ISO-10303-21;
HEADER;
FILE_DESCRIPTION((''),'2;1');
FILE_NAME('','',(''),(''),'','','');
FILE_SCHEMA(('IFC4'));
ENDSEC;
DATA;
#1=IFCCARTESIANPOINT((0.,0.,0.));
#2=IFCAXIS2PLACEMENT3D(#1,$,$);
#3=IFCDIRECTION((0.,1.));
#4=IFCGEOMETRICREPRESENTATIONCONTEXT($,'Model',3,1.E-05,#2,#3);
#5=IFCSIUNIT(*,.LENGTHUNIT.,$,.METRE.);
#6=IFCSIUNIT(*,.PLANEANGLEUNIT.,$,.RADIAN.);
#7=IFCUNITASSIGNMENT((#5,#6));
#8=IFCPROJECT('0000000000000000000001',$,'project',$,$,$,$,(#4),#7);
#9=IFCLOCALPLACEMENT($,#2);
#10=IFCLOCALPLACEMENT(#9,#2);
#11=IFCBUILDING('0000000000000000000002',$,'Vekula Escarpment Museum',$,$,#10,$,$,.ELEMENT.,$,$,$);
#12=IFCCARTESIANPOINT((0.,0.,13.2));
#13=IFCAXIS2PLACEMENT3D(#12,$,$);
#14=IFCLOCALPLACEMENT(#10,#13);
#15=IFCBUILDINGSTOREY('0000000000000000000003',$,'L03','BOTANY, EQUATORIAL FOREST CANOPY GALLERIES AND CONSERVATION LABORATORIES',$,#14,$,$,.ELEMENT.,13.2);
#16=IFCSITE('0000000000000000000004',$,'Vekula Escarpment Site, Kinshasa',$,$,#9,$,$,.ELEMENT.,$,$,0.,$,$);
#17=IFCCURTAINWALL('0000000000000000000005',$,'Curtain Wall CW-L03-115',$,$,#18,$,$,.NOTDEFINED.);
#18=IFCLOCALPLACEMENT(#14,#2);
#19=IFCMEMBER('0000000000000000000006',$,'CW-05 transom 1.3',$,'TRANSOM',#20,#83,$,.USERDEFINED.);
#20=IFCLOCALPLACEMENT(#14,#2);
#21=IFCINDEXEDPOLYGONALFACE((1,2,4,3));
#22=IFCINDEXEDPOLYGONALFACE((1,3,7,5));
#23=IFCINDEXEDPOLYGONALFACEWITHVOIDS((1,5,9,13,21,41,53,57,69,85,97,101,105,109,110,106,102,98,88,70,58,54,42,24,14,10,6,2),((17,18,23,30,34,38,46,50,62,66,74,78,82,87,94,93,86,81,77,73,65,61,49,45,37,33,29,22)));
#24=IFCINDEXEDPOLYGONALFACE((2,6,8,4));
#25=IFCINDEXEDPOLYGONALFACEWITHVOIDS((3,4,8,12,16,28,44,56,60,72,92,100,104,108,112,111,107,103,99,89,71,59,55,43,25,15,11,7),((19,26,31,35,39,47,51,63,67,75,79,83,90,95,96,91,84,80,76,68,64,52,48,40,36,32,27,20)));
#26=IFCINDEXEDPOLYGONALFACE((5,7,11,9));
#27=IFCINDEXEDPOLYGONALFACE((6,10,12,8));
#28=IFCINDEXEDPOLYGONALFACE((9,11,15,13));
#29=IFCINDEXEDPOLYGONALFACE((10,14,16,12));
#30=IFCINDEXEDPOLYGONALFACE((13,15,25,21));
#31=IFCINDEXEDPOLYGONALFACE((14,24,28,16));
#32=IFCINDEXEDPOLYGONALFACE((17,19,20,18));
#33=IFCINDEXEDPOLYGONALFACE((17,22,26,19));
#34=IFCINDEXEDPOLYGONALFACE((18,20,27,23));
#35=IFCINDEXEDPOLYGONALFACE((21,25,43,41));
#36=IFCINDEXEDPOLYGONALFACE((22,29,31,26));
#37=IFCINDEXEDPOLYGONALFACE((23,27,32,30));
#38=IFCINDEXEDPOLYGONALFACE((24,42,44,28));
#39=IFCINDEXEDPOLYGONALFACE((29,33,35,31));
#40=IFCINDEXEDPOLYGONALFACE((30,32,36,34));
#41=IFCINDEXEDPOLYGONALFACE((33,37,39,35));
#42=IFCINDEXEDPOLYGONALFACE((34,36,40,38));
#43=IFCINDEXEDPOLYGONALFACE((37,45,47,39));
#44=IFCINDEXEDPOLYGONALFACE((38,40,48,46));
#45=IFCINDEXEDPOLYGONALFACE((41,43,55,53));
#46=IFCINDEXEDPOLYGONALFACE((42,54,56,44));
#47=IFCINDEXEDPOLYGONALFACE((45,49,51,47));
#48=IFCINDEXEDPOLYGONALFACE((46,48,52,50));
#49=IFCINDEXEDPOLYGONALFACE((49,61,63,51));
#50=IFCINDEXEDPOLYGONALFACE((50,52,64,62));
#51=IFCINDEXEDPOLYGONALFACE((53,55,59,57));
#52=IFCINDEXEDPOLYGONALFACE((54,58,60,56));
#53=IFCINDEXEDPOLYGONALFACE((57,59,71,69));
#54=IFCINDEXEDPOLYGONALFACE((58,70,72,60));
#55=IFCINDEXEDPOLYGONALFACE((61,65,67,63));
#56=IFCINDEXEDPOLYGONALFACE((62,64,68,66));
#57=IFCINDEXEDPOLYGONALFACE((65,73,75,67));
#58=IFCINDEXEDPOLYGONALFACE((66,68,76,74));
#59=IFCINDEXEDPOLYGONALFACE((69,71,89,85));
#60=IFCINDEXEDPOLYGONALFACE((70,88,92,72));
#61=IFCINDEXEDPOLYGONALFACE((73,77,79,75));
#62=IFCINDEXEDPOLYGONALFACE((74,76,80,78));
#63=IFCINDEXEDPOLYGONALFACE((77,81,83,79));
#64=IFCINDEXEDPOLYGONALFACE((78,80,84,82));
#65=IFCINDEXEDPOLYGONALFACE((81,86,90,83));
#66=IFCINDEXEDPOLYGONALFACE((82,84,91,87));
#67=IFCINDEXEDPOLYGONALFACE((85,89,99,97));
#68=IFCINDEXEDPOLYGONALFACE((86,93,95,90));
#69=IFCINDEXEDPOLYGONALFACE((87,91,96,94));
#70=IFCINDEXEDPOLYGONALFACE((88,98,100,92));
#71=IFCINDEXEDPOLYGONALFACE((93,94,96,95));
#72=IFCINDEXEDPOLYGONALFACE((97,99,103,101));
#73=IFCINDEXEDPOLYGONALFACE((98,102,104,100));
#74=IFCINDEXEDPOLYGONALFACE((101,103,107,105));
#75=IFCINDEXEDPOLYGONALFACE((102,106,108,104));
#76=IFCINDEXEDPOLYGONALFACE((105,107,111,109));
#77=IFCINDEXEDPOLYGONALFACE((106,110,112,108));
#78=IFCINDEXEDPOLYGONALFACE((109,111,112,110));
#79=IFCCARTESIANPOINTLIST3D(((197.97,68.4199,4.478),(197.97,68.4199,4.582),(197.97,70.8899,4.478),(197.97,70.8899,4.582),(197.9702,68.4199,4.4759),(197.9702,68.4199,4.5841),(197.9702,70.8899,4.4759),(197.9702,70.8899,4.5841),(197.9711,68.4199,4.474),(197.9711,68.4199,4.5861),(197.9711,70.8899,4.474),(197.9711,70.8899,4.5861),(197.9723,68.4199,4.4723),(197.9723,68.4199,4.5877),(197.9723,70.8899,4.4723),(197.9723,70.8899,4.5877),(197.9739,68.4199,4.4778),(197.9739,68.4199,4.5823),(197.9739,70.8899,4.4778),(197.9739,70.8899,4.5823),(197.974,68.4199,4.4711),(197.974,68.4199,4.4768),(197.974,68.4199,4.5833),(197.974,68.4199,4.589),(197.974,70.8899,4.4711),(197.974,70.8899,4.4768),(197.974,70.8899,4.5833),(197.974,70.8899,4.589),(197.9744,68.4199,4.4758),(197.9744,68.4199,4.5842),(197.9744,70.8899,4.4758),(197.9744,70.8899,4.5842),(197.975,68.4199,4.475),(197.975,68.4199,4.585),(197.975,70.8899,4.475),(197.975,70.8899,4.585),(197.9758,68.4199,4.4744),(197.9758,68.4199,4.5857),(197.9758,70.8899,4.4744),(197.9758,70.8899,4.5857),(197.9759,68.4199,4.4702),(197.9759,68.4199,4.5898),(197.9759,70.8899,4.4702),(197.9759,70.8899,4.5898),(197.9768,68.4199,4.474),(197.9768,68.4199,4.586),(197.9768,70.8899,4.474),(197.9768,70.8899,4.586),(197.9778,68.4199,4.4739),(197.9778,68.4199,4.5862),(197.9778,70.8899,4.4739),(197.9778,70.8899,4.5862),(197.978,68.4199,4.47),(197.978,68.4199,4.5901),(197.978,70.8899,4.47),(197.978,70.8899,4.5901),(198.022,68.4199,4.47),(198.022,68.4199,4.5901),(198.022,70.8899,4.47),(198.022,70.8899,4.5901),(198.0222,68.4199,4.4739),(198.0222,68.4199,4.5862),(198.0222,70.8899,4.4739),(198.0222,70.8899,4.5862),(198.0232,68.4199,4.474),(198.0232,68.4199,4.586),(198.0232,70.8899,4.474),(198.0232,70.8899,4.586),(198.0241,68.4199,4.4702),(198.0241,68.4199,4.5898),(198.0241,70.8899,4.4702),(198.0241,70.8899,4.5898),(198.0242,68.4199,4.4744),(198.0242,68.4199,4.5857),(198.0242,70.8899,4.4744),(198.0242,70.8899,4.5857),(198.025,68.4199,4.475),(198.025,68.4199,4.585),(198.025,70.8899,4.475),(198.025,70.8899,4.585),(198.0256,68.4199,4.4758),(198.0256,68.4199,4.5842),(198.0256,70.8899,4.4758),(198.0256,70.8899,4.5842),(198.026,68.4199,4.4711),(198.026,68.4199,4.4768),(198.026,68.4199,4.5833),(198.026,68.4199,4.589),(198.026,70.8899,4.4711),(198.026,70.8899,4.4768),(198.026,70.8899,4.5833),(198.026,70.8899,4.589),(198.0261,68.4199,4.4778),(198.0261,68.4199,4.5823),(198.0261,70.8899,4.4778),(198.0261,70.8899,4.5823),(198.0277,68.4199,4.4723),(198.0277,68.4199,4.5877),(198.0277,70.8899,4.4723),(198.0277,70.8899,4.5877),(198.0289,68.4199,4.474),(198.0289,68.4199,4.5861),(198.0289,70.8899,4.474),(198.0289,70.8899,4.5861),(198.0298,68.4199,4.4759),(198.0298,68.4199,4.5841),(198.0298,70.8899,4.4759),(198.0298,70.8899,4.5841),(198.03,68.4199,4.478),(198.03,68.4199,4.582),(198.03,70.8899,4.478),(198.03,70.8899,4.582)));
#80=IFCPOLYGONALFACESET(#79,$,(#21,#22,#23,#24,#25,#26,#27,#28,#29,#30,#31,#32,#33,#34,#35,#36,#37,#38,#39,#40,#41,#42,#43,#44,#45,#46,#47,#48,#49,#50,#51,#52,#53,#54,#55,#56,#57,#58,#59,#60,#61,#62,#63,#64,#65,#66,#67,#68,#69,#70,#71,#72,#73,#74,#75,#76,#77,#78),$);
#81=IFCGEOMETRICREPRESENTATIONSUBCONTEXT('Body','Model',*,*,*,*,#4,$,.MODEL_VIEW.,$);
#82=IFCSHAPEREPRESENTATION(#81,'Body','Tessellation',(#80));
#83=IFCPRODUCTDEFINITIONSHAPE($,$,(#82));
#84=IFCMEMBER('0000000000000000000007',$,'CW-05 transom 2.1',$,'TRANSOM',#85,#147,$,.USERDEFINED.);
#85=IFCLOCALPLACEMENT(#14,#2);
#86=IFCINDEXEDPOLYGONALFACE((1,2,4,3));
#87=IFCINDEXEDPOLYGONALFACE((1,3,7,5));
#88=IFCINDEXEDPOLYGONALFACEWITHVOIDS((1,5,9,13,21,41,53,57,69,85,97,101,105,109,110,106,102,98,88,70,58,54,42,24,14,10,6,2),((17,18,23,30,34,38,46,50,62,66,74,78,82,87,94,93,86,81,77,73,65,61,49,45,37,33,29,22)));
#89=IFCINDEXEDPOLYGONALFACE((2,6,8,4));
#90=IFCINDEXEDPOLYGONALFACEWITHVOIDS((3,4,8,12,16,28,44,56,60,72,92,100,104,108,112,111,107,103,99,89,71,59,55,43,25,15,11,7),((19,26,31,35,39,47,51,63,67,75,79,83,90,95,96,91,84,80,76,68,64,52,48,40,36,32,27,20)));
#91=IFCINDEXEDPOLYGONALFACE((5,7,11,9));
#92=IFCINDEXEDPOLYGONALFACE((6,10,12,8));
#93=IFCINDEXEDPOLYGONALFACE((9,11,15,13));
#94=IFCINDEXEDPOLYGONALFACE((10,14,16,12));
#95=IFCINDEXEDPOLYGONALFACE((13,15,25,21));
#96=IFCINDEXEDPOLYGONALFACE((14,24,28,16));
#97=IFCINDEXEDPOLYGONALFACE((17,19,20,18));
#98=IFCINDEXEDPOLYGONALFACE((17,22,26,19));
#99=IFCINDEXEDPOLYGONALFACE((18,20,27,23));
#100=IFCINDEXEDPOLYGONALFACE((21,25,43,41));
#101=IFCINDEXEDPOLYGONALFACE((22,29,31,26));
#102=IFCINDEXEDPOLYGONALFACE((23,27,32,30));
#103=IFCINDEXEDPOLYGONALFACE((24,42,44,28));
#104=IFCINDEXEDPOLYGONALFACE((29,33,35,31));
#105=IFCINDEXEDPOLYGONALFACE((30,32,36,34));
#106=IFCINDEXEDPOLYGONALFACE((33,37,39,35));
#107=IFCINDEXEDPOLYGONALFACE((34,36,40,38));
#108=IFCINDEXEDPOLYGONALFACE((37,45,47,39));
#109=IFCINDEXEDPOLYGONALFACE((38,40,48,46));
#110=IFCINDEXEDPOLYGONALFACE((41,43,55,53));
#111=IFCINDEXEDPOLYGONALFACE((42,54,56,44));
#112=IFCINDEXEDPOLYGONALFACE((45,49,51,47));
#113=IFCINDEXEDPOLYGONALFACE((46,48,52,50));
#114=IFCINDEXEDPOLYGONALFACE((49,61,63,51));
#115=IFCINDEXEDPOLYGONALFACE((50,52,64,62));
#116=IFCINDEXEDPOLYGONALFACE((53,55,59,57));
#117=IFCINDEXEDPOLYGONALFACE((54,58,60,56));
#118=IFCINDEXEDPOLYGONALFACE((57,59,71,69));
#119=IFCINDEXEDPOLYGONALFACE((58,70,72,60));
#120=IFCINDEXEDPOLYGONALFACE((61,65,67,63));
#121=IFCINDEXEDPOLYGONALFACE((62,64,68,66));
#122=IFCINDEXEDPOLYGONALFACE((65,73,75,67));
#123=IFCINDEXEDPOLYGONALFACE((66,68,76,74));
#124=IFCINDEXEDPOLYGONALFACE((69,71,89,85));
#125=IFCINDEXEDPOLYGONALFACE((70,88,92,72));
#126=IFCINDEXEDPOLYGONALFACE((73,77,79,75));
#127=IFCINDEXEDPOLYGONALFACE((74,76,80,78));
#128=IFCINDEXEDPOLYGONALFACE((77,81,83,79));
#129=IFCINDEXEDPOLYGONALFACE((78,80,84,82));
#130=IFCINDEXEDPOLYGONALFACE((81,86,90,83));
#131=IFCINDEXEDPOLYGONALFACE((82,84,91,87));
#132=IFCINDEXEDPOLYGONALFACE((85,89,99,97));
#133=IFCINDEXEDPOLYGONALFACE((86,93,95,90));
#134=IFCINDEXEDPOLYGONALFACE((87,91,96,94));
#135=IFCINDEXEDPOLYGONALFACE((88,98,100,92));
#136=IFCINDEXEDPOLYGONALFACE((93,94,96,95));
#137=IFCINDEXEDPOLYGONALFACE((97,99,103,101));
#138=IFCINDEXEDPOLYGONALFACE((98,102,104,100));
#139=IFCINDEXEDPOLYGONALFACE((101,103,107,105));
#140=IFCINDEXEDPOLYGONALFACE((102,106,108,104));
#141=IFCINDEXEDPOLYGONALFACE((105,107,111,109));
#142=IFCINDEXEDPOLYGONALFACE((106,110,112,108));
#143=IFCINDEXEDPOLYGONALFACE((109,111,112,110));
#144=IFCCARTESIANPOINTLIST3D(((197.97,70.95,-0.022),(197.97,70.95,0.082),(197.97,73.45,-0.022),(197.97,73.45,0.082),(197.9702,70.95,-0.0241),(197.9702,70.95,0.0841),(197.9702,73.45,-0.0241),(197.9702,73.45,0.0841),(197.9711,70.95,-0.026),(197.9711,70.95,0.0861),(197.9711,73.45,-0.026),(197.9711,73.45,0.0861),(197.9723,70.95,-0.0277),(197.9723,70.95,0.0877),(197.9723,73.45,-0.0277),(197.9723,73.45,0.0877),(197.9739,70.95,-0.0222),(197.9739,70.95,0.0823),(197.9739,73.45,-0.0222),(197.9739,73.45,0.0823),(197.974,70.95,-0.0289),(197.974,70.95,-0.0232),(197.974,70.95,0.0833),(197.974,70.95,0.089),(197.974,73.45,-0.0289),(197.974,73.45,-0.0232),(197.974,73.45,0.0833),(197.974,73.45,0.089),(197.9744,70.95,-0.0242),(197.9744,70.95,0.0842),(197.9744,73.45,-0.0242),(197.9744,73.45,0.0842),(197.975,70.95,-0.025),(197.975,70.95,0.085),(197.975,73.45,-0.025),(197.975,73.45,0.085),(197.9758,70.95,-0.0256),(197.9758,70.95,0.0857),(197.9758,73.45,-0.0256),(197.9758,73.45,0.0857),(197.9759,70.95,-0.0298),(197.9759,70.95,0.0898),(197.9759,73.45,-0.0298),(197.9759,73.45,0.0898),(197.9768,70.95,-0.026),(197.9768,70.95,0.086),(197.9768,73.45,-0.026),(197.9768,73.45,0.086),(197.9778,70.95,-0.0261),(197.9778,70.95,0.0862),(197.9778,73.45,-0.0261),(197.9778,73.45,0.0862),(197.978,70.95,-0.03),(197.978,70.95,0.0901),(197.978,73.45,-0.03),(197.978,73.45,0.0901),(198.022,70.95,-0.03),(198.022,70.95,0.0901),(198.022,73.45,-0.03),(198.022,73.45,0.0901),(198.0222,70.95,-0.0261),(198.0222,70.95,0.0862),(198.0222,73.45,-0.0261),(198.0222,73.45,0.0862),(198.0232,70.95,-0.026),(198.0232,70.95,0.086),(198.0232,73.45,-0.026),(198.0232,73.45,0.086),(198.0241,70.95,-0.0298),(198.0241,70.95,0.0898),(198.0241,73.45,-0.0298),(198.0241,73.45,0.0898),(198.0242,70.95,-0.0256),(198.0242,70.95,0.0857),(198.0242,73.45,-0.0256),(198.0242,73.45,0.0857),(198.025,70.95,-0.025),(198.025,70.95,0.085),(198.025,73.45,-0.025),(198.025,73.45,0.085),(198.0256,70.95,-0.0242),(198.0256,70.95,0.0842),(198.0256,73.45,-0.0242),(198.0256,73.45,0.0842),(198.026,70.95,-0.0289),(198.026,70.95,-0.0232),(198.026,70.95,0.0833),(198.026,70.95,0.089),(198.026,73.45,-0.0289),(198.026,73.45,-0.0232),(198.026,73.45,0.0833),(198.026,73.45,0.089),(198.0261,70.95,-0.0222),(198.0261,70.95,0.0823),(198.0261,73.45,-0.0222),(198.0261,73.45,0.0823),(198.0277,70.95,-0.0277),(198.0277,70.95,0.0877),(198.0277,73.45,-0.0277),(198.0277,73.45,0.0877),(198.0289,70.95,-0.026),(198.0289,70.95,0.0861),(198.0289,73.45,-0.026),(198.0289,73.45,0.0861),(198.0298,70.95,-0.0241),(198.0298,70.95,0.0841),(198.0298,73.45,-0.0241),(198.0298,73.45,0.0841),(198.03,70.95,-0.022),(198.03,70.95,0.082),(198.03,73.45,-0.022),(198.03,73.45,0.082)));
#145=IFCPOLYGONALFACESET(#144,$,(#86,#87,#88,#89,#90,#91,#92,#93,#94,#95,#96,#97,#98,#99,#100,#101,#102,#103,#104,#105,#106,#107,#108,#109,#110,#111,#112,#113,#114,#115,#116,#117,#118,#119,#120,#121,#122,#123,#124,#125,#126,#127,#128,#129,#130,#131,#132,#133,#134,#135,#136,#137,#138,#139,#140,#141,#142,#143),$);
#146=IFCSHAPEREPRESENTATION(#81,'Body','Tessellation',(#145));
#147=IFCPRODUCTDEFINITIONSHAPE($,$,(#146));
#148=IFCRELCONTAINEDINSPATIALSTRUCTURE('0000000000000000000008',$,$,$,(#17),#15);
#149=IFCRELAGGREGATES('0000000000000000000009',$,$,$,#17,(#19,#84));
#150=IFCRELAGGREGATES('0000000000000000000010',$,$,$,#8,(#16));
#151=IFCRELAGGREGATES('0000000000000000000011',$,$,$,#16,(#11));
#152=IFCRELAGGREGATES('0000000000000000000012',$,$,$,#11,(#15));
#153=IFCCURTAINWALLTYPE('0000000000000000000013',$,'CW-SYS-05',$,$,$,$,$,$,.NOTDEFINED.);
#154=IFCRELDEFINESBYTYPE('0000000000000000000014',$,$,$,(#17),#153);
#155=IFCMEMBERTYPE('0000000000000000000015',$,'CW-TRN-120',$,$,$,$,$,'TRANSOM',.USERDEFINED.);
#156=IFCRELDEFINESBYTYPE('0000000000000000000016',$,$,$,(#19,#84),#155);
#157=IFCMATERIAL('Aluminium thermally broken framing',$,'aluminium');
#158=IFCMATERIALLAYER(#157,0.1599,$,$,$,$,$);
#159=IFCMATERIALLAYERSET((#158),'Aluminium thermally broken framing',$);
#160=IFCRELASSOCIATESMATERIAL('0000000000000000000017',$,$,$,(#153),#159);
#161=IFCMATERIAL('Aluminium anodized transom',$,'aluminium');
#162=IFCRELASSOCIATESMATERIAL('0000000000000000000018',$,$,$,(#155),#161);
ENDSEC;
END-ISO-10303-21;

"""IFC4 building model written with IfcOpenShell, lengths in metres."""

from ifc_helpers import new_model, si_unit, direction, frame, origin, origin_2d, place, context, subcontext, project, spatial, hollow_rectangle, extrude, material, layer, layer_set, material_profile, profile_set, type_object, element, aggregate, save


model = new_model("IFC4")

# Units and contexts
model_context = context("Model", 3, precision=1e-05, world=origin(), true_north=direction((0.0, 1.0)))
body_context = subcontext(model_context, "Body", "Model", "MODEL_VIEW")
ifc_project = project(units=[si_unit("LENGTHUNIT", "METRE"), si_unit("PLANEANGLEUNIT", "RADIAN")], contexts=[model_context])

# Site, building, storey
site_placement = place(None, origin())
site = spatial("IfcSite", under=ifc_project, at=site_placement, Name="Vekula Escarpment Site, Kinshasa", CompositionType="ELEMENT", RefElevation=0.0)
building_placement = place(site_placement, origin())
building = spatial("IfcBuilding", under=site, at=building_placement, Name="Vekula Escarpment Museum", CompositionType="ELEMENT")
storey_placement = place(building_placement, frame((0.0, 0.0, 13.2)))
storey = spatial("IfcBuildingStorey", under=building, at=storey_placement, Name="L03", Description="BOTANY, EQUATORIAL FOREST CANOPY GALLERIES AND CONSERVATION LABORATORIES", CompositionType="ELEMENT", Elevation=13.2)

# Curtain wall, members
ifc_material_1 = material(Name="Aluminium thermally broken framing", Category="aluminium")
ifc_layer_1 = layer(ifc_material_1, 0.1599)
ifc_layer_set_1 = layer_set([ifc_layer_1], Name="Aluminium thermally broken framing")
curtain_wall_type = type_object("IfcCurtainWallType", Name="CW-SYS-05", PredefinedType="NOTDEFINED", material=ifc_layer_set_1)
curtain_wall_placement = place(storey_placement, origin())
curtain_wall = element("IfcCurtainWall", 1, at=curtain_wall_placement, inside=storey, type_object=curtain_wall_type, Name="Curtain Wall CW-L03-115", PredefinedType="NOTDEFINED")
ifc_material_2 = material(Name="Aluminium anodized transom", Category="aluminium")
ifc_material_profile_1 = material_profile(ifc_material_2, hollow_rectangle(XDim=0.0601, YDim=0.1201, WallThickness=0.0039, InnerFilletRadius=0.0039, OuterFilletRadius=0.0081, at=origin_2d()), Name="ALU 120x60x4")
ifc_profile_set_1 = profile_set([ifc_material_profile_1], Name="Aluminium anodized transom")
member_type_1 = type_object("IfcMemberType", Name="CW-TRN-120", ElementType="TRANSOM", PredefinedType="USERDEFINED", material=ifc_profile_set_1)
member_1_placement = place(storey_placement, frame((198.0, 68.4199, 4.53), z_axis=(0.0, 1.0, 0.0), x_axis=(-1.0, 0.0, 0.0)))
member_1 = element("IfcMember", 2, at=member_1_placement, type_object=member_type_1, Name="CW-05 transom 1.3", ObjectType="TRANSOM", PredefinedType="USERDEFINED", context=body_context, shape_type="SweptSolid", body=[
    extrude(hollow_rectangle(XDim=0.0601, YDim=0.1201, WallThickness=0.0039, InnerFilletRadius=0.0039, OuterFilletRadius=0.0081, at=origin_2d()), origin(), (0.0, 0.0, 1.0), 2.47),
])
member_2_placement = place(storey_placement, frame((198.0, 70.95, 0.03), z_axis=(0.0, 1.0, 0.0), x_axis=(-1.0, 0.0, 0.0)))
member_2 = element("IfcMember", 3, at=member_2_placement, type_object=member_type_1, Name="CW-05 transom 2.1", ObjectType="TRANSOM", PredefinedType="USERDEFINED", context=body_context, shape_type="SweptSolid", body=[
    extrude(hollow_rectangle(XDim=0.0601, YDim=0.1201, WallThickness=0.0039, InnerFilletRadius=0.0039, OuterFilletRadius=0.0081, at=origin_2d()), origin(), (0.0, 0.0, 1.0), 2.5),
])
aggregate(curtain_wall, [member_1, member_2])

save(model, "model.ifc")
